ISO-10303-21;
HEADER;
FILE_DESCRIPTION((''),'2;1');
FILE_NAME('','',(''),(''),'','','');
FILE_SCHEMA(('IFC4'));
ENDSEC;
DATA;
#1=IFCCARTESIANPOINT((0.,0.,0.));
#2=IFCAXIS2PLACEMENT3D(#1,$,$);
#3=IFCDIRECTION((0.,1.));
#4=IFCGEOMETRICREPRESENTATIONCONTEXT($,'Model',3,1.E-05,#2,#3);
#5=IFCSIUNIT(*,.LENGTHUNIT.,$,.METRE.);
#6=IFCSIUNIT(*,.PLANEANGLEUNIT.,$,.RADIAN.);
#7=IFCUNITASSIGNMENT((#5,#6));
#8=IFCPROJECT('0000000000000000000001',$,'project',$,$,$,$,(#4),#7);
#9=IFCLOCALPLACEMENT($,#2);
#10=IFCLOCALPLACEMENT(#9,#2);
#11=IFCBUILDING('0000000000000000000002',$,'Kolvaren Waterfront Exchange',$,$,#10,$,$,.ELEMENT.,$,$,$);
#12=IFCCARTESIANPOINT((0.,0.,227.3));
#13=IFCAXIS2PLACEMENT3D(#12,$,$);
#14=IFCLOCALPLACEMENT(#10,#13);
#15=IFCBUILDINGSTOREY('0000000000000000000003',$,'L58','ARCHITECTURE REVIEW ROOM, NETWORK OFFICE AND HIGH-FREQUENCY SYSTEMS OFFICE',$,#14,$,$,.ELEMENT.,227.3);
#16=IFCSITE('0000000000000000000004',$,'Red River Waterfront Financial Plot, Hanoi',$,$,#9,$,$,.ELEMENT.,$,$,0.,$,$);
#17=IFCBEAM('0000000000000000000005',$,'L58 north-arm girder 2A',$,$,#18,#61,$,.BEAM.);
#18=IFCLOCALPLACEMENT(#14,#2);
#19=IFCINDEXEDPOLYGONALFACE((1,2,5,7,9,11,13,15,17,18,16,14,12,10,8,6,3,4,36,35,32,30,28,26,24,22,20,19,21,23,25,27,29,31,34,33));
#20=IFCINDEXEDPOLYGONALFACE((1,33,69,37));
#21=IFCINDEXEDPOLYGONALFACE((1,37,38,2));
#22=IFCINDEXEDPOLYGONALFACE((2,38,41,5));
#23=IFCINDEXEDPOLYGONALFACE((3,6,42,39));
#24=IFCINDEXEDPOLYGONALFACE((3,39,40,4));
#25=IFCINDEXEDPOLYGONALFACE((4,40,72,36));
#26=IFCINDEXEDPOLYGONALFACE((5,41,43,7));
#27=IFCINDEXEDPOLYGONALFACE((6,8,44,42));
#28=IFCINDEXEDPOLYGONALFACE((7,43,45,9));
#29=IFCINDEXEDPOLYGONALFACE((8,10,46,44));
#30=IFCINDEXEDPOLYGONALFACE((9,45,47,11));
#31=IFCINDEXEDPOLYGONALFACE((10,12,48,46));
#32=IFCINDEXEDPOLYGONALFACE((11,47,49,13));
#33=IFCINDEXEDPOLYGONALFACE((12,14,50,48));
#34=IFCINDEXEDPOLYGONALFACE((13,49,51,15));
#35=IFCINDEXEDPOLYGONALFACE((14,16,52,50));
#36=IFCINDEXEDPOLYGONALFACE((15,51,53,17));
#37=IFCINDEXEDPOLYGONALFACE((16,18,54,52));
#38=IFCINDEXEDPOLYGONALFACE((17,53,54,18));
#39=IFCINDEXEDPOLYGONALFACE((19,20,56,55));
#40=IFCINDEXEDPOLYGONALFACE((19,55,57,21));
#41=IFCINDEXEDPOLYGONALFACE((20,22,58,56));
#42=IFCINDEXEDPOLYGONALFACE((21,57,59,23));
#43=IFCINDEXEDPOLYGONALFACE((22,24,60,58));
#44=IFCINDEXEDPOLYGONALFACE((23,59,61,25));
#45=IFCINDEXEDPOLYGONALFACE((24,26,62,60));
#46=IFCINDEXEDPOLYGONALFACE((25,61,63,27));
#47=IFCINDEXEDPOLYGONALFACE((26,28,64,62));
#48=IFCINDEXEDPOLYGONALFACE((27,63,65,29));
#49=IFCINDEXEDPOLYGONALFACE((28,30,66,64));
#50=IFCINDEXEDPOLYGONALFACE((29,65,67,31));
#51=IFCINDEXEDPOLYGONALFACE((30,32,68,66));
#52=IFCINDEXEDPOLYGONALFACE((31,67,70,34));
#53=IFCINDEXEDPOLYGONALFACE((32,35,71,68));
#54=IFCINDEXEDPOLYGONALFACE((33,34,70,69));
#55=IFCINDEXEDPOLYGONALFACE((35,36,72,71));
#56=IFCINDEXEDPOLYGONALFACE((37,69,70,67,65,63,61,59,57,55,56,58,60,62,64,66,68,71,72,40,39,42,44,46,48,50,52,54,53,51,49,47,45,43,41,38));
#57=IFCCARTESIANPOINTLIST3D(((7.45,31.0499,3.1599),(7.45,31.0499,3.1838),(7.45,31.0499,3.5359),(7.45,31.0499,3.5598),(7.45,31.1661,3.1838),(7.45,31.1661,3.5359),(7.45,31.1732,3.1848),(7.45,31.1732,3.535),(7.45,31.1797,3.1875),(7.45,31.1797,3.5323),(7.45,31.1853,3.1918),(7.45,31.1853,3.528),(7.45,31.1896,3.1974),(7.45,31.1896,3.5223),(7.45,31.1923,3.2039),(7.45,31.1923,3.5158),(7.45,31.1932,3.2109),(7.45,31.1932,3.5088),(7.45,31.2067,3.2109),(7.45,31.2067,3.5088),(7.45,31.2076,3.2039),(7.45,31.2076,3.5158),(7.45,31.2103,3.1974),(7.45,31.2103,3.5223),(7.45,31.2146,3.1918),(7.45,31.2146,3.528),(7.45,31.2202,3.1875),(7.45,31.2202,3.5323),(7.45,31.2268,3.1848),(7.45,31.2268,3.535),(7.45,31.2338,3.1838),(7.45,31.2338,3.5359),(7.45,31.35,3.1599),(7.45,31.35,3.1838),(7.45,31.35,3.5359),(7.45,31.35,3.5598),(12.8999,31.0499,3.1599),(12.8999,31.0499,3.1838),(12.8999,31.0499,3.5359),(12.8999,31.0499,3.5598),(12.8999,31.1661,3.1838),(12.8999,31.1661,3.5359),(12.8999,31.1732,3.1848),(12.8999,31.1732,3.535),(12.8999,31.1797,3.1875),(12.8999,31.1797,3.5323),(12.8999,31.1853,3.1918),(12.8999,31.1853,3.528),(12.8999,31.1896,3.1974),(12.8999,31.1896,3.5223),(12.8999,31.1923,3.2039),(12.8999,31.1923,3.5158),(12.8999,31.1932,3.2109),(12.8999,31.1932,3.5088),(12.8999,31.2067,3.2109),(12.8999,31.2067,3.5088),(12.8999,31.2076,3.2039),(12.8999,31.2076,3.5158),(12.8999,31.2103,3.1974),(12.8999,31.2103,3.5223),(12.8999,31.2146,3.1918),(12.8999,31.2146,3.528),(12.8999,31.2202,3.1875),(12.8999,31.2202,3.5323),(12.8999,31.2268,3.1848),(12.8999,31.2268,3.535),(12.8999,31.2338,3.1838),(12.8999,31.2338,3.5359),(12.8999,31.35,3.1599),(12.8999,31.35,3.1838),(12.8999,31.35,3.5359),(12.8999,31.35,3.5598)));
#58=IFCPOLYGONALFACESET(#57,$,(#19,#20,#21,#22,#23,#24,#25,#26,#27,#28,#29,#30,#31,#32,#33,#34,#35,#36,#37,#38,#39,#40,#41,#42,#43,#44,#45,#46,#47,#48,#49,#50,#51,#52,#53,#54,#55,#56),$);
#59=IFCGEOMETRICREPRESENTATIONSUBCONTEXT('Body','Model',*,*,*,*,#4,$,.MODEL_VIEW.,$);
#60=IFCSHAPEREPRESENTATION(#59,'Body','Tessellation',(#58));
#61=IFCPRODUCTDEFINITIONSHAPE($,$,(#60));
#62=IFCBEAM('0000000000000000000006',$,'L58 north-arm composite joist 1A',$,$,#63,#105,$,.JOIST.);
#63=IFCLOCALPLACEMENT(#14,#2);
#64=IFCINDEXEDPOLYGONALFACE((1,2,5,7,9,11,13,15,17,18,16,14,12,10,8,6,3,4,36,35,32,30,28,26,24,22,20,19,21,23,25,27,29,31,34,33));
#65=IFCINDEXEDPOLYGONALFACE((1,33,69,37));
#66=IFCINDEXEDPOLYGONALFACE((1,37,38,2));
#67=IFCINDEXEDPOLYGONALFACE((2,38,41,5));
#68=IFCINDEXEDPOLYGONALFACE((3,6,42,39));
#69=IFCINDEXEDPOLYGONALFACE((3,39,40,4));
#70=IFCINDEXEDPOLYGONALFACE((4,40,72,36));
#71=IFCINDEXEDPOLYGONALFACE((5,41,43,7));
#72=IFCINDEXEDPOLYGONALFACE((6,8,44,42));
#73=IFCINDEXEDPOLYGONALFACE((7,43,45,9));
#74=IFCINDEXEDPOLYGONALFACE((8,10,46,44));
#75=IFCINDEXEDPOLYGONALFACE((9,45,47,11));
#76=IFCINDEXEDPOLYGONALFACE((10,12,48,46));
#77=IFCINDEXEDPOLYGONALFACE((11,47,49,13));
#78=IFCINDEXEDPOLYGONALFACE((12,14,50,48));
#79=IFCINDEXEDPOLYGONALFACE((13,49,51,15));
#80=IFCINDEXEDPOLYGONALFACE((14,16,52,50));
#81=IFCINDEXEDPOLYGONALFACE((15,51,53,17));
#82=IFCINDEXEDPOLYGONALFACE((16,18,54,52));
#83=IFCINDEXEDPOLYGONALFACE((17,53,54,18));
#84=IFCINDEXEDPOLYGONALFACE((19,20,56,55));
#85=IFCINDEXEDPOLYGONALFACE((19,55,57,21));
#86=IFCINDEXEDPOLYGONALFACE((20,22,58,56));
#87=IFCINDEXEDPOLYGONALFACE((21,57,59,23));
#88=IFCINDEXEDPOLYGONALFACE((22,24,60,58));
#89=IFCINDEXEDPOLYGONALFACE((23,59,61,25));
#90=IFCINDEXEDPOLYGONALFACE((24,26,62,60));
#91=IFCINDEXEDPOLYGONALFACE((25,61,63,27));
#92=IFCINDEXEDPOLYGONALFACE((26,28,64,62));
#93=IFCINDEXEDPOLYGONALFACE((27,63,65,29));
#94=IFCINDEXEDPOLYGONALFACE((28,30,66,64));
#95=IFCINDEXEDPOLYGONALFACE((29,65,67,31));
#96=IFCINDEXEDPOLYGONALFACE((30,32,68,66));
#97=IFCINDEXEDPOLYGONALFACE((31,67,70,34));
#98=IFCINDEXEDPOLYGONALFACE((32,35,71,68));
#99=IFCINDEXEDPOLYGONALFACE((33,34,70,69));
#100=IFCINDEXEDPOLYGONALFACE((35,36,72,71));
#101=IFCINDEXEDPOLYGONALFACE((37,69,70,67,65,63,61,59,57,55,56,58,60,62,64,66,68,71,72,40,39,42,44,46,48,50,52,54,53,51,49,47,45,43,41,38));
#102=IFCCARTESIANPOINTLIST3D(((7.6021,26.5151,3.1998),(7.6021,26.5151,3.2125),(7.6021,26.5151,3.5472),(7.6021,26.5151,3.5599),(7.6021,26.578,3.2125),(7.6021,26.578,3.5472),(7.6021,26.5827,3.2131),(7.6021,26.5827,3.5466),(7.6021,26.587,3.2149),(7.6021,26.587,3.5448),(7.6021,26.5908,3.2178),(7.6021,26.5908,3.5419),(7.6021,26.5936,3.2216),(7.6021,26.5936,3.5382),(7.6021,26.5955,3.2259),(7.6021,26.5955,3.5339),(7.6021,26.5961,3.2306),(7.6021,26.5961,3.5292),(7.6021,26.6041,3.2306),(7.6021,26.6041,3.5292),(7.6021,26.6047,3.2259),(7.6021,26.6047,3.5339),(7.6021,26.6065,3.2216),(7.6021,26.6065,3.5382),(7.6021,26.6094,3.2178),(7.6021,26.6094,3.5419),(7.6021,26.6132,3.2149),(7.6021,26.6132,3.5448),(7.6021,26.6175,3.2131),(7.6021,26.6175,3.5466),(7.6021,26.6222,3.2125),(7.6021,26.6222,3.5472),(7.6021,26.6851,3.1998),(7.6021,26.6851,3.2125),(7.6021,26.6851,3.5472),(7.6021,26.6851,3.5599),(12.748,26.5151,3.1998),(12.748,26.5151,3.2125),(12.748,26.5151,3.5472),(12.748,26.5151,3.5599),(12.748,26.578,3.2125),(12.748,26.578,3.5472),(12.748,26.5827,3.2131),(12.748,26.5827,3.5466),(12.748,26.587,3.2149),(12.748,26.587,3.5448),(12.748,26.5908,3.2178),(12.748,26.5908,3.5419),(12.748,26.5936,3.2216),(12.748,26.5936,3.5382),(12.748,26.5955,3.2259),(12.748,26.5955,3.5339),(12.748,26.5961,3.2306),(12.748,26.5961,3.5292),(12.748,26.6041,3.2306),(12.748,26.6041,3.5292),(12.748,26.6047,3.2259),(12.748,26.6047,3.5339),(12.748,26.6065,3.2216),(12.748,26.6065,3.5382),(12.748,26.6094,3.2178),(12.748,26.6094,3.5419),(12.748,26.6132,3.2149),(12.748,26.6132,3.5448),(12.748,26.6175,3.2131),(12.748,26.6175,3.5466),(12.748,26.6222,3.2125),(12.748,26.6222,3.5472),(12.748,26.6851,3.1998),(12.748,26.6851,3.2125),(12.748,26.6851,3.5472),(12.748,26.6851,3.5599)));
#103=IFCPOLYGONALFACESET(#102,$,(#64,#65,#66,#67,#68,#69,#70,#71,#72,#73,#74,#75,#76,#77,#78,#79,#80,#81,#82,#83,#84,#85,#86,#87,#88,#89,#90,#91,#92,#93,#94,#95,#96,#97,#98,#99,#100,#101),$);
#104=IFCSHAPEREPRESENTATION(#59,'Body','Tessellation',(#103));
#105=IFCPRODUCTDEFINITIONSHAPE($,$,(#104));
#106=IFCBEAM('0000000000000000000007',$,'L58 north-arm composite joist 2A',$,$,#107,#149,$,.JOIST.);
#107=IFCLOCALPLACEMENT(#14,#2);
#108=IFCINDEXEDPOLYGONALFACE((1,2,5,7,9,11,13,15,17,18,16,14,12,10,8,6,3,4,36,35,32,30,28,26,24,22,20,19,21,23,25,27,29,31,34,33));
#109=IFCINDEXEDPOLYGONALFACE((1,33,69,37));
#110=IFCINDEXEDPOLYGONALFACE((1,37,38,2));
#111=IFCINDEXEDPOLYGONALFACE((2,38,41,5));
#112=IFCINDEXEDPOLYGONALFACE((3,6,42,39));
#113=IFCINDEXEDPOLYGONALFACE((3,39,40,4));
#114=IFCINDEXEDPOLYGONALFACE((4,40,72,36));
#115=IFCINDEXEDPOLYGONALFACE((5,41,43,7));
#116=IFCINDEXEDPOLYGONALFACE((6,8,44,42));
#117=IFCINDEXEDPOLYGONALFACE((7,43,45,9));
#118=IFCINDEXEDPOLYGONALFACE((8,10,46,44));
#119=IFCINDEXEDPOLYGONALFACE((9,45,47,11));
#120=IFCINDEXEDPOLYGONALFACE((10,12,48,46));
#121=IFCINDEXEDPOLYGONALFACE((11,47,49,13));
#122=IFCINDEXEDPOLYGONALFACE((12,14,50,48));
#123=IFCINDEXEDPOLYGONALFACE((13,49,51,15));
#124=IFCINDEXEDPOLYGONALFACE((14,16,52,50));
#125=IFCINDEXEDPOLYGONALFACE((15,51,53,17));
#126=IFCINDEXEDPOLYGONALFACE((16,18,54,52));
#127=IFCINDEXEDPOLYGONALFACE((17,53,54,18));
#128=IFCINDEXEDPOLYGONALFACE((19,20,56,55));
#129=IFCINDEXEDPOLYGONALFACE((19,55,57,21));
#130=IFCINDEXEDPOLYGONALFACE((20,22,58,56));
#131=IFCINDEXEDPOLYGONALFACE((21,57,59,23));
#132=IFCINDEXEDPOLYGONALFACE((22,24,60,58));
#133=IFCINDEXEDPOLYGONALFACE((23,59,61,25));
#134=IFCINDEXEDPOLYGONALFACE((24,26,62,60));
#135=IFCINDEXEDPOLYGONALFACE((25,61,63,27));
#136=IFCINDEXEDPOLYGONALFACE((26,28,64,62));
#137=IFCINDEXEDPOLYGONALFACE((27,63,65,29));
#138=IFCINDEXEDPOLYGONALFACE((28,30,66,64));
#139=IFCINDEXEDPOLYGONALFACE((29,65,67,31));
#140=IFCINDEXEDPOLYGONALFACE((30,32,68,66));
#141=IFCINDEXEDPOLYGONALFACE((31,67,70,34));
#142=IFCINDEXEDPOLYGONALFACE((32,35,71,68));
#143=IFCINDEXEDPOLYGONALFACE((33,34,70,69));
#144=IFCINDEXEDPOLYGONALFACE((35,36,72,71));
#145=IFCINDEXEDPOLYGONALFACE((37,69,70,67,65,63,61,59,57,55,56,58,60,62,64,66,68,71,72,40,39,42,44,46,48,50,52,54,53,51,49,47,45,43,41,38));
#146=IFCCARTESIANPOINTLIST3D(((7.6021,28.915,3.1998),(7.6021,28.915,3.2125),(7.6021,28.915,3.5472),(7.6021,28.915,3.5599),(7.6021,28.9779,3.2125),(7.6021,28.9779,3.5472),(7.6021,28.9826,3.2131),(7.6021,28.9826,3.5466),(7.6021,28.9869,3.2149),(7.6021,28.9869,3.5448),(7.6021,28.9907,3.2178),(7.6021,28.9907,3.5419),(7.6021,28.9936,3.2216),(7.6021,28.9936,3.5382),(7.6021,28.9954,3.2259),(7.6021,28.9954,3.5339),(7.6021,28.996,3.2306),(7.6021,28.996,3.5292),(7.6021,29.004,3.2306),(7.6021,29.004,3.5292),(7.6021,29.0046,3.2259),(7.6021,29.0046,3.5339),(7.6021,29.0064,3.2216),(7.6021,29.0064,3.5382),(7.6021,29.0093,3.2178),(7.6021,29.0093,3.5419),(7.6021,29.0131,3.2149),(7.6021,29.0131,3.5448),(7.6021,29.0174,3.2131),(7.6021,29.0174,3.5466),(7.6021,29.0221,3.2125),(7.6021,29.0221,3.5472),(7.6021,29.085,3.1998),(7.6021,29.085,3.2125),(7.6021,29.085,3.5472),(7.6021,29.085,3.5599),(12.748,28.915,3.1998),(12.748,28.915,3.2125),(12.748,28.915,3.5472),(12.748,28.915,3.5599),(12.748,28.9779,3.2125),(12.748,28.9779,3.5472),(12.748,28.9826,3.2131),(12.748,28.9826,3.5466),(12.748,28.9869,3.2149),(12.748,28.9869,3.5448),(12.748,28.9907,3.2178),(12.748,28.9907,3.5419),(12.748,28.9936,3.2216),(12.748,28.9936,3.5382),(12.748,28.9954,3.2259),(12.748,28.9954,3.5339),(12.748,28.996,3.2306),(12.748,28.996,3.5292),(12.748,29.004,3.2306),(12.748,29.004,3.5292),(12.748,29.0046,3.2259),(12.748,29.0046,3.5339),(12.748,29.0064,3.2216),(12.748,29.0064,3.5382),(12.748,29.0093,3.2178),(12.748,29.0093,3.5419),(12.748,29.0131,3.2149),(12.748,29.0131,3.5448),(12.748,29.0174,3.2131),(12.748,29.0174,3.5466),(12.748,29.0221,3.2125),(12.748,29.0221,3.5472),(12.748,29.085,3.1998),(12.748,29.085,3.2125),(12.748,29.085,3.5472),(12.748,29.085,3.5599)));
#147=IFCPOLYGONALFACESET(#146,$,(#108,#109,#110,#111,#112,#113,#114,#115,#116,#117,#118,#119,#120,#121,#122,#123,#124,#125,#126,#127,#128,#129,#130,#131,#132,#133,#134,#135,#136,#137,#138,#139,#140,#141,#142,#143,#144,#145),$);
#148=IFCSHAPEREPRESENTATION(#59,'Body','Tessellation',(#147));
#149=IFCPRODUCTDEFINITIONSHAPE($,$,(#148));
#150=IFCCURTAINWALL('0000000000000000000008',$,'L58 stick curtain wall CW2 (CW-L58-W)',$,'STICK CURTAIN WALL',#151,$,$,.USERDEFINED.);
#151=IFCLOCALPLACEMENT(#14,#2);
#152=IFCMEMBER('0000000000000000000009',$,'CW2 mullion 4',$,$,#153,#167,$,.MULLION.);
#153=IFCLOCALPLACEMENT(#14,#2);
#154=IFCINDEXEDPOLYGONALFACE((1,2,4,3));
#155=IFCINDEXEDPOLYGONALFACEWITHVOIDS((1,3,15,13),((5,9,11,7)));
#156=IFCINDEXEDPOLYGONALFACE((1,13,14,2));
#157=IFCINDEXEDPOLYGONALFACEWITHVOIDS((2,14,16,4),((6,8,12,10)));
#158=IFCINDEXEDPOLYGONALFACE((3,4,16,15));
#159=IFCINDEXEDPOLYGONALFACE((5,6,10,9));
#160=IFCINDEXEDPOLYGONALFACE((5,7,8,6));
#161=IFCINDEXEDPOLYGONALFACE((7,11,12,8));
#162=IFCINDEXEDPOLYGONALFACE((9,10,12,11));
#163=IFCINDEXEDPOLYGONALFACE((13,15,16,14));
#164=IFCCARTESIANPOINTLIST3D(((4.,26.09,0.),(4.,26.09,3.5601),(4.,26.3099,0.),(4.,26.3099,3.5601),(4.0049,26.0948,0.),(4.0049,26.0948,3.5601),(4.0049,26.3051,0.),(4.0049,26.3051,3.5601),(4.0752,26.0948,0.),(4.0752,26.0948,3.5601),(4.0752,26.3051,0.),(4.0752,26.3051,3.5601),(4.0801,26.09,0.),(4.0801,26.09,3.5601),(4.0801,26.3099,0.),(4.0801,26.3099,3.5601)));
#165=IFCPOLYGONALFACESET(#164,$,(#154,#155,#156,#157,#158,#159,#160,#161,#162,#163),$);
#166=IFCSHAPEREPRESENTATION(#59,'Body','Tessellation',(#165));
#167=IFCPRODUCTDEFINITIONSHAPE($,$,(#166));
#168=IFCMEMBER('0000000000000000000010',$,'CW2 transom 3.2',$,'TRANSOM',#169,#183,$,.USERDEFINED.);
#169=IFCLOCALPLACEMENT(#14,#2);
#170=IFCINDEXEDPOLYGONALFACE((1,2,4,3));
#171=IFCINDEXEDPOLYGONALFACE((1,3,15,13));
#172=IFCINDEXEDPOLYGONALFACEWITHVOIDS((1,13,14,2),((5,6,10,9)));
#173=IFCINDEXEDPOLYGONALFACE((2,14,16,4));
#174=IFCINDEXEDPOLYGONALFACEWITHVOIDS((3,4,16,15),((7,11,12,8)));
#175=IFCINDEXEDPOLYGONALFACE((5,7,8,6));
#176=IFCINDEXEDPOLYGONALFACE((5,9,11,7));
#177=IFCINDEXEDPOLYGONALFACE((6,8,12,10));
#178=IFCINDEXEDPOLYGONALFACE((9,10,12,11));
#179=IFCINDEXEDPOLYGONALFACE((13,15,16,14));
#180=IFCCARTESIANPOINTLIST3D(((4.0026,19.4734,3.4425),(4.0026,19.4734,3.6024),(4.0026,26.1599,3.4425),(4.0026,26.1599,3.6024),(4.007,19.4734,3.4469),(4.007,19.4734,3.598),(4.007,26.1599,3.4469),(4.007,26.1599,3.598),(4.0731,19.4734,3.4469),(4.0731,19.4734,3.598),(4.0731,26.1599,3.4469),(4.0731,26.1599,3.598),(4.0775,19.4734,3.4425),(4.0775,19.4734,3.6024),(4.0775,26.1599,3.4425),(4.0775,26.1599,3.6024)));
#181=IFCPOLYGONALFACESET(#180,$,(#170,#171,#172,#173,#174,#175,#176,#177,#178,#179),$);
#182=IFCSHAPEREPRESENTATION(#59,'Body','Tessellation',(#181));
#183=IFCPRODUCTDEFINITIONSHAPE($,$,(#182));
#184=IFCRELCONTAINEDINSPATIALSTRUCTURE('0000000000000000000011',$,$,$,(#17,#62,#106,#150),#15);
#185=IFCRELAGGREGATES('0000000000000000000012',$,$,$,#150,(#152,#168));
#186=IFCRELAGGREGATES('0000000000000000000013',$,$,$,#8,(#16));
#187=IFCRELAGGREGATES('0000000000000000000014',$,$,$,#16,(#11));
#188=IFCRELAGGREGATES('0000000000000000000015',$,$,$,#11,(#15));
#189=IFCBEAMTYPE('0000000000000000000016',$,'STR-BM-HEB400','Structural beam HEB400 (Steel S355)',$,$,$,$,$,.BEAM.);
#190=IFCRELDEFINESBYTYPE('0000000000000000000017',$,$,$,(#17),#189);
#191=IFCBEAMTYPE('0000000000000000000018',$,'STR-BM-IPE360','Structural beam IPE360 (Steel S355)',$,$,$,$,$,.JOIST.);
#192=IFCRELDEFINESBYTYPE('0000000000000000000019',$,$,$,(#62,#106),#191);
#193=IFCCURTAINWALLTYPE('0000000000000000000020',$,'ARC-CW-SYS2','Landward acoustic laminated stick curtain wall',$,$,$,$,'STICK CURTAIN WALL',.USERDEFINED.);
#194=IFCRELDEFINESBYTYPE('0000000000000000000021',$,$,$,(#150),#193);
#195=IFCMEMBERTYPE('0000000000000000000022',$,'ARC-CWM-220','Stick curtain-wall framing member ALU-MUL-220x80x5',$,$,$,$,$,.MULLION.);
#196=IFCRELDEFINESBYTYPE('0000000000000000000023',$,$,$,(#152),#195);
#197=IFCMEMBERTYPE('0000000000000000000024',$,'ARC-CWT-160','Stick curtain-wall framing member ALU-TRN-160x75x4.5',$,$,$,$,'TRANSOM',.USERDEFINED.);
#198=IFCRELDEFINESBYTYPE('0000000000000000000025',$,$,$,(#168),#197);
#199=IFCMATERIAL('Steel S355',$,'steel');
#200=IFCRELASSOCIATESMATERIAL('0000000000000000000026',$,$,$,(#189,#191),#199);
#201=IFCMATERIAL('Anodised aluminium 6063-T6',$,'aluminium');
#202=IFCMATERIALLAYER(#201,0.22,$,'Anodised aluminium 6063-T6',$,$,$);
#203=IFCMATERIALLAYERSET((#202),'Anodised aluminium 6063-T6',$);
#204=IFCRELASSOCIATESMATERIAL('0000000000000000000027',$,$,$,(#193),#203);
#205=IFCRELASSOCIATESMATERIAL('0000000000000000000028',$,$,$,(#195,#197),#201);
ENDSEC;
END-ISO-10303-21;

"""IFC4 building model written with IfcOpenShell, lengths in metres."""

from ifc_helpers import new_model, si_unit, direction, frame, origin, origin_with_axes, origin_2d, place, context, subcontext, project, spatial, hollow_rectangle, i_section, extrude, source, transform, mapped, material, layer, layer_set, material_profile, profile_set, type_object, element, aggregate, save


model = new_model("IFC4")

# Units and contexts
model_context = context("Model", 3, precision=1e-05, world=origin(), true_north=direction((0.0, 1.0)))
body_context = subcontext(model_context, "Body", "Model", "MODEL_VIEW")
ifc_project = project(units=[si_unit("LENGTHUNIT", "METRE"), si_unit("PLANEANGLEUNIT", "RADIAN")], contexts=[model_context])

# Site, building, storey
site_placement = place(None, origin())
site = spatial("IfcSite", under=ifc_project, at=site_placement, Name="Red River Waterfront Financial Plot, Hanoi", CompositionType="ELEMENT", RefElevation=0.0)
building_placement = place(site_placement, origin())
building = spatial("IfcBuilding", under=site, at=building_placement, Name="Kolvaren Waterfront Exchange", CompositionType="ELEMENT")
storey_placement = place(building_placement, frame((0.0, 0.0, 227.3)))
storey = spatial("IfcBuildingStorey", under=building, at=storey_placement, Name="L58", Description="ARCHITECTURE REVIEW ROOM, NETWORK OFFICE AND HIGH-FREQUENCY SYSTEMS OFFICE", CompositionType="ELEMENT", Elevation=227.3)

# Beams
ifc_material_1 = material(Name="Steel S355", Category="steel")
ifc_material_profile_1 = material_profile(ifc_material_1, i_section(OverallWidth=0.3, OverallDepth=0.3999, WebThickness=0.0134, FlangeThickness=0.0239, FilletRadius=0.0271, at=origin_2d()), Name="HEB400")
ifc_profile_set_1 = profile_set([ifc_material_profile_1], Name="Steel S355")
beam_type_1 = type_object("IfcBeamType", Name="STR-BM-HEB400", Description="Structural beam HEB400 (Steel S355)", PredefinedType="BEAM", material=ifc_profile_set_1)
for number, where, z_axis, x_axis, name in (
    (1, (7.45, 31.2, 3.3599), (1.0, 0.0, 0.0), (0.0, 1.0, 0.0), "L58 north-arm girder 2A"),
):
    element("IfcBeam", number, at=place(storey_placement, frame(where, z_axis=z_axis, x_axis=x_axis)), inside=storey, type_object=beam_type_1, Name=name, PredefinedType="BEAM", context=body_context, shape_type="SweptSolid", body=[
        extrude(i_section(OverallWidth=0.3, OverallDepth=0.3999, WebThickness=0.0134, FlangeThickness=0.0239, FilletRadius=0.0271, at=origin_2d()), origin(), (0.0, 0.0, 1.0), 5.45),
    ])
ifc_material_profile_2 = material_profile(ifc_material_1, i_section(OverallWidth=0.1699, OverallDepth=0.3601, WebThickness=0.0081, FlangeThickness=0.0127, FilletRadius=0.0181, at=origin_2d()), Name="IPE360")
ifc_profile_set_2 = profile_set([ifc_material_profile_2], Name="Steel S355")
beam_type_2 = type_object("IfcBeamType", Name="STR-BM-IPE360", Description="Structural beam IPE360 (Steel S355)", PredefinedType="JOIST", material=ifc_profile_set_2)
for number, where, z_axis, x_axis, name in (
    (2, (7.6021, 26.6001, 3.3799), (1.0, 0.0, 0.0), (0.0, 1.0, 0.0), "L58 north-arm composite joist 1A"),
    (3, (7.6021, 29.0, 3.3799), (1.0, 0.0, 0.0), (0.0, 1.0, 0.0), "L58 north-arm composite joist 2A"),
):
    element("IfcBeam", number, at=place(storey_placement, frame(where, z_axis=z_axis, x_axis=x_axis)), inside=storey, type_object=beam_type_2, Name=name, PredefinedType="JOIST", context=body_context, shape_type="SweptSolid", body=[
        extrude(i_section(OverallWidth=0.1699, OverallDepth=0.3601, WebThickness=0.0081, FlangeThickness=0.0127, FilletRadius=0.0181, at=origin_2d()), origin(), (0.0, 0.0, 1.0), 5.146),
    ])

# Curtain wall, members
ifc_material_2 = material(Name="Anodised aluminium 6063-T6", Category="aluminium")
ifc_layer_1 = layer(ifc_material_2, 0.22, Name="Anodised aluminium 6063-T6")
ifc_layer_set_1 = layer_set([ifc_layer_1], Name="Anodised aluminium 6063-T6")
curtain_wall_type = type_object("IfcCurtainWallType", Name="ARC-CW-SYS2", Description="Landward acoustic laminated stick curtain wall", ElementType="STICK CURTAIN WALL", PredefinedType="USERDEFINED", material=ifc_layer_set_1)
curtain_wall_placement = place(storey_placement, origin())
curtain_wall = element("IfcCurtainWall", 4, at=curtain_wall_placement, inside=storey, type_object=curtain_wall_type, Name="L58 stick curtain wall CW2 (CW-L58-W)", ObjectType="STICK CURTAIN WALL", PredefinedType="USERDEFINED")
ifc_material_profile_3 = material_profile(ifc_material_2, hollow_rectangle(XDim=0.0801, YDim=0.22, WallThickness=0.0049, at=origin_2d()), Name="ALU-MUL-220x80x5")
ifc_profile_set_3 = profile_set([ifc_material_profile_3], Name="Anodised aluminium 6063-T6")
member_type_1 = type_object("IfcMemberType", Name="ARC-CWM-220", Description="Stick curtain-wall framing member ALU-MUL-220x80x5", PredefinedType="MULLION", material=ifc_profile_set_3)
shared_shape_1 = source(origin_with_axes(), body_context, "Body", "SweptSolid", [
    extrude(hollow_rectangle(XDim=0.0801, YDim=0.22, WallThickness=0.0049, at=origin_2d()), origin(), (0.0, 0.0, 1.0), 3.5601),
])
member_1_placement = place(storey_placement, frame((4.04, 26.2, 0.0), z_axis=(0.0, 0.0, 1.0), x_axis=(-1.0, 0.0, 0.0)))
member_1 = element("IfcMember", 5, at=member_1_placement, type_object=member_type_1, Name="CW2 mullion 4", PredefinedType="MULLION", context=body_context, shape_type="MappedRepresentation", body=[
    mapped(shared_shape_1, transform((0.0, 0.0, 0.0), x_axis=(1.0, 0.0, 0.0), y_axis=(0.0, 1.0, 0.0), z_axis=(0.0, 0.0, 1.0), scale=1.0)),
])
ifc_material_profile_4 = material_profile(ifc_material_2, hollow_rectangle(XDim=0.075, YDim=0.1599, WallThickness=0.0044, at=origin_2d()), Name="ALU-TRN-160x75x4.5")
ifc_profile_set_4 = profile_set([ifc_material_profile_4], Name="Anodised aluminium 6063-T6")
member_type_2 = type_object("IfcMemberType", Name="ARC-CWT-160", Description="Stick curtain-wall framing member ALU-TRN-160x75x4.5", ElementType="TRANSOM", PredefinedType="USERDEFINED", material=ifc_profile_set_4)
shared_shape_2 = source(origin_with_axes(), body_context, "Body", "SweptSolid", [
    extrude(hollow_rectangle(XDim=0.075, YDim=0.1599, WallThickness=0.0044, at=origin_2d()), origin(), (0.0, 0.0, 1.0), 6.6865),
])
member_2_placement = place(storey_placement, frame((4.04, 19.4734, 3.5225), z_axis=(0.0, 1.0, 0.0), x_axis=(-1.0, 0.0, 0.0)))
member_2 = element("IfcMember", 6, at=member_2_placement, type_object=member_type_2, Name="CW2 transom 3.2", ObjectType="TRANSOM", PredefinedType="USERDEFINED", context=body_context, shape_type="MappedRepresentation", body=[
    mapped(shared_shape_2, transform((0.0, 0.0, 0.0), x_axis=(1.0, 0.0, 0.0), y_axis=(0.0, 1.0, 0.0), z_axis=(0.0, 0.0, 1.0), scale=1.0)),
])
aggregate(curtain_wall, [member_1, member_2])

save(model, "model.ifc")
